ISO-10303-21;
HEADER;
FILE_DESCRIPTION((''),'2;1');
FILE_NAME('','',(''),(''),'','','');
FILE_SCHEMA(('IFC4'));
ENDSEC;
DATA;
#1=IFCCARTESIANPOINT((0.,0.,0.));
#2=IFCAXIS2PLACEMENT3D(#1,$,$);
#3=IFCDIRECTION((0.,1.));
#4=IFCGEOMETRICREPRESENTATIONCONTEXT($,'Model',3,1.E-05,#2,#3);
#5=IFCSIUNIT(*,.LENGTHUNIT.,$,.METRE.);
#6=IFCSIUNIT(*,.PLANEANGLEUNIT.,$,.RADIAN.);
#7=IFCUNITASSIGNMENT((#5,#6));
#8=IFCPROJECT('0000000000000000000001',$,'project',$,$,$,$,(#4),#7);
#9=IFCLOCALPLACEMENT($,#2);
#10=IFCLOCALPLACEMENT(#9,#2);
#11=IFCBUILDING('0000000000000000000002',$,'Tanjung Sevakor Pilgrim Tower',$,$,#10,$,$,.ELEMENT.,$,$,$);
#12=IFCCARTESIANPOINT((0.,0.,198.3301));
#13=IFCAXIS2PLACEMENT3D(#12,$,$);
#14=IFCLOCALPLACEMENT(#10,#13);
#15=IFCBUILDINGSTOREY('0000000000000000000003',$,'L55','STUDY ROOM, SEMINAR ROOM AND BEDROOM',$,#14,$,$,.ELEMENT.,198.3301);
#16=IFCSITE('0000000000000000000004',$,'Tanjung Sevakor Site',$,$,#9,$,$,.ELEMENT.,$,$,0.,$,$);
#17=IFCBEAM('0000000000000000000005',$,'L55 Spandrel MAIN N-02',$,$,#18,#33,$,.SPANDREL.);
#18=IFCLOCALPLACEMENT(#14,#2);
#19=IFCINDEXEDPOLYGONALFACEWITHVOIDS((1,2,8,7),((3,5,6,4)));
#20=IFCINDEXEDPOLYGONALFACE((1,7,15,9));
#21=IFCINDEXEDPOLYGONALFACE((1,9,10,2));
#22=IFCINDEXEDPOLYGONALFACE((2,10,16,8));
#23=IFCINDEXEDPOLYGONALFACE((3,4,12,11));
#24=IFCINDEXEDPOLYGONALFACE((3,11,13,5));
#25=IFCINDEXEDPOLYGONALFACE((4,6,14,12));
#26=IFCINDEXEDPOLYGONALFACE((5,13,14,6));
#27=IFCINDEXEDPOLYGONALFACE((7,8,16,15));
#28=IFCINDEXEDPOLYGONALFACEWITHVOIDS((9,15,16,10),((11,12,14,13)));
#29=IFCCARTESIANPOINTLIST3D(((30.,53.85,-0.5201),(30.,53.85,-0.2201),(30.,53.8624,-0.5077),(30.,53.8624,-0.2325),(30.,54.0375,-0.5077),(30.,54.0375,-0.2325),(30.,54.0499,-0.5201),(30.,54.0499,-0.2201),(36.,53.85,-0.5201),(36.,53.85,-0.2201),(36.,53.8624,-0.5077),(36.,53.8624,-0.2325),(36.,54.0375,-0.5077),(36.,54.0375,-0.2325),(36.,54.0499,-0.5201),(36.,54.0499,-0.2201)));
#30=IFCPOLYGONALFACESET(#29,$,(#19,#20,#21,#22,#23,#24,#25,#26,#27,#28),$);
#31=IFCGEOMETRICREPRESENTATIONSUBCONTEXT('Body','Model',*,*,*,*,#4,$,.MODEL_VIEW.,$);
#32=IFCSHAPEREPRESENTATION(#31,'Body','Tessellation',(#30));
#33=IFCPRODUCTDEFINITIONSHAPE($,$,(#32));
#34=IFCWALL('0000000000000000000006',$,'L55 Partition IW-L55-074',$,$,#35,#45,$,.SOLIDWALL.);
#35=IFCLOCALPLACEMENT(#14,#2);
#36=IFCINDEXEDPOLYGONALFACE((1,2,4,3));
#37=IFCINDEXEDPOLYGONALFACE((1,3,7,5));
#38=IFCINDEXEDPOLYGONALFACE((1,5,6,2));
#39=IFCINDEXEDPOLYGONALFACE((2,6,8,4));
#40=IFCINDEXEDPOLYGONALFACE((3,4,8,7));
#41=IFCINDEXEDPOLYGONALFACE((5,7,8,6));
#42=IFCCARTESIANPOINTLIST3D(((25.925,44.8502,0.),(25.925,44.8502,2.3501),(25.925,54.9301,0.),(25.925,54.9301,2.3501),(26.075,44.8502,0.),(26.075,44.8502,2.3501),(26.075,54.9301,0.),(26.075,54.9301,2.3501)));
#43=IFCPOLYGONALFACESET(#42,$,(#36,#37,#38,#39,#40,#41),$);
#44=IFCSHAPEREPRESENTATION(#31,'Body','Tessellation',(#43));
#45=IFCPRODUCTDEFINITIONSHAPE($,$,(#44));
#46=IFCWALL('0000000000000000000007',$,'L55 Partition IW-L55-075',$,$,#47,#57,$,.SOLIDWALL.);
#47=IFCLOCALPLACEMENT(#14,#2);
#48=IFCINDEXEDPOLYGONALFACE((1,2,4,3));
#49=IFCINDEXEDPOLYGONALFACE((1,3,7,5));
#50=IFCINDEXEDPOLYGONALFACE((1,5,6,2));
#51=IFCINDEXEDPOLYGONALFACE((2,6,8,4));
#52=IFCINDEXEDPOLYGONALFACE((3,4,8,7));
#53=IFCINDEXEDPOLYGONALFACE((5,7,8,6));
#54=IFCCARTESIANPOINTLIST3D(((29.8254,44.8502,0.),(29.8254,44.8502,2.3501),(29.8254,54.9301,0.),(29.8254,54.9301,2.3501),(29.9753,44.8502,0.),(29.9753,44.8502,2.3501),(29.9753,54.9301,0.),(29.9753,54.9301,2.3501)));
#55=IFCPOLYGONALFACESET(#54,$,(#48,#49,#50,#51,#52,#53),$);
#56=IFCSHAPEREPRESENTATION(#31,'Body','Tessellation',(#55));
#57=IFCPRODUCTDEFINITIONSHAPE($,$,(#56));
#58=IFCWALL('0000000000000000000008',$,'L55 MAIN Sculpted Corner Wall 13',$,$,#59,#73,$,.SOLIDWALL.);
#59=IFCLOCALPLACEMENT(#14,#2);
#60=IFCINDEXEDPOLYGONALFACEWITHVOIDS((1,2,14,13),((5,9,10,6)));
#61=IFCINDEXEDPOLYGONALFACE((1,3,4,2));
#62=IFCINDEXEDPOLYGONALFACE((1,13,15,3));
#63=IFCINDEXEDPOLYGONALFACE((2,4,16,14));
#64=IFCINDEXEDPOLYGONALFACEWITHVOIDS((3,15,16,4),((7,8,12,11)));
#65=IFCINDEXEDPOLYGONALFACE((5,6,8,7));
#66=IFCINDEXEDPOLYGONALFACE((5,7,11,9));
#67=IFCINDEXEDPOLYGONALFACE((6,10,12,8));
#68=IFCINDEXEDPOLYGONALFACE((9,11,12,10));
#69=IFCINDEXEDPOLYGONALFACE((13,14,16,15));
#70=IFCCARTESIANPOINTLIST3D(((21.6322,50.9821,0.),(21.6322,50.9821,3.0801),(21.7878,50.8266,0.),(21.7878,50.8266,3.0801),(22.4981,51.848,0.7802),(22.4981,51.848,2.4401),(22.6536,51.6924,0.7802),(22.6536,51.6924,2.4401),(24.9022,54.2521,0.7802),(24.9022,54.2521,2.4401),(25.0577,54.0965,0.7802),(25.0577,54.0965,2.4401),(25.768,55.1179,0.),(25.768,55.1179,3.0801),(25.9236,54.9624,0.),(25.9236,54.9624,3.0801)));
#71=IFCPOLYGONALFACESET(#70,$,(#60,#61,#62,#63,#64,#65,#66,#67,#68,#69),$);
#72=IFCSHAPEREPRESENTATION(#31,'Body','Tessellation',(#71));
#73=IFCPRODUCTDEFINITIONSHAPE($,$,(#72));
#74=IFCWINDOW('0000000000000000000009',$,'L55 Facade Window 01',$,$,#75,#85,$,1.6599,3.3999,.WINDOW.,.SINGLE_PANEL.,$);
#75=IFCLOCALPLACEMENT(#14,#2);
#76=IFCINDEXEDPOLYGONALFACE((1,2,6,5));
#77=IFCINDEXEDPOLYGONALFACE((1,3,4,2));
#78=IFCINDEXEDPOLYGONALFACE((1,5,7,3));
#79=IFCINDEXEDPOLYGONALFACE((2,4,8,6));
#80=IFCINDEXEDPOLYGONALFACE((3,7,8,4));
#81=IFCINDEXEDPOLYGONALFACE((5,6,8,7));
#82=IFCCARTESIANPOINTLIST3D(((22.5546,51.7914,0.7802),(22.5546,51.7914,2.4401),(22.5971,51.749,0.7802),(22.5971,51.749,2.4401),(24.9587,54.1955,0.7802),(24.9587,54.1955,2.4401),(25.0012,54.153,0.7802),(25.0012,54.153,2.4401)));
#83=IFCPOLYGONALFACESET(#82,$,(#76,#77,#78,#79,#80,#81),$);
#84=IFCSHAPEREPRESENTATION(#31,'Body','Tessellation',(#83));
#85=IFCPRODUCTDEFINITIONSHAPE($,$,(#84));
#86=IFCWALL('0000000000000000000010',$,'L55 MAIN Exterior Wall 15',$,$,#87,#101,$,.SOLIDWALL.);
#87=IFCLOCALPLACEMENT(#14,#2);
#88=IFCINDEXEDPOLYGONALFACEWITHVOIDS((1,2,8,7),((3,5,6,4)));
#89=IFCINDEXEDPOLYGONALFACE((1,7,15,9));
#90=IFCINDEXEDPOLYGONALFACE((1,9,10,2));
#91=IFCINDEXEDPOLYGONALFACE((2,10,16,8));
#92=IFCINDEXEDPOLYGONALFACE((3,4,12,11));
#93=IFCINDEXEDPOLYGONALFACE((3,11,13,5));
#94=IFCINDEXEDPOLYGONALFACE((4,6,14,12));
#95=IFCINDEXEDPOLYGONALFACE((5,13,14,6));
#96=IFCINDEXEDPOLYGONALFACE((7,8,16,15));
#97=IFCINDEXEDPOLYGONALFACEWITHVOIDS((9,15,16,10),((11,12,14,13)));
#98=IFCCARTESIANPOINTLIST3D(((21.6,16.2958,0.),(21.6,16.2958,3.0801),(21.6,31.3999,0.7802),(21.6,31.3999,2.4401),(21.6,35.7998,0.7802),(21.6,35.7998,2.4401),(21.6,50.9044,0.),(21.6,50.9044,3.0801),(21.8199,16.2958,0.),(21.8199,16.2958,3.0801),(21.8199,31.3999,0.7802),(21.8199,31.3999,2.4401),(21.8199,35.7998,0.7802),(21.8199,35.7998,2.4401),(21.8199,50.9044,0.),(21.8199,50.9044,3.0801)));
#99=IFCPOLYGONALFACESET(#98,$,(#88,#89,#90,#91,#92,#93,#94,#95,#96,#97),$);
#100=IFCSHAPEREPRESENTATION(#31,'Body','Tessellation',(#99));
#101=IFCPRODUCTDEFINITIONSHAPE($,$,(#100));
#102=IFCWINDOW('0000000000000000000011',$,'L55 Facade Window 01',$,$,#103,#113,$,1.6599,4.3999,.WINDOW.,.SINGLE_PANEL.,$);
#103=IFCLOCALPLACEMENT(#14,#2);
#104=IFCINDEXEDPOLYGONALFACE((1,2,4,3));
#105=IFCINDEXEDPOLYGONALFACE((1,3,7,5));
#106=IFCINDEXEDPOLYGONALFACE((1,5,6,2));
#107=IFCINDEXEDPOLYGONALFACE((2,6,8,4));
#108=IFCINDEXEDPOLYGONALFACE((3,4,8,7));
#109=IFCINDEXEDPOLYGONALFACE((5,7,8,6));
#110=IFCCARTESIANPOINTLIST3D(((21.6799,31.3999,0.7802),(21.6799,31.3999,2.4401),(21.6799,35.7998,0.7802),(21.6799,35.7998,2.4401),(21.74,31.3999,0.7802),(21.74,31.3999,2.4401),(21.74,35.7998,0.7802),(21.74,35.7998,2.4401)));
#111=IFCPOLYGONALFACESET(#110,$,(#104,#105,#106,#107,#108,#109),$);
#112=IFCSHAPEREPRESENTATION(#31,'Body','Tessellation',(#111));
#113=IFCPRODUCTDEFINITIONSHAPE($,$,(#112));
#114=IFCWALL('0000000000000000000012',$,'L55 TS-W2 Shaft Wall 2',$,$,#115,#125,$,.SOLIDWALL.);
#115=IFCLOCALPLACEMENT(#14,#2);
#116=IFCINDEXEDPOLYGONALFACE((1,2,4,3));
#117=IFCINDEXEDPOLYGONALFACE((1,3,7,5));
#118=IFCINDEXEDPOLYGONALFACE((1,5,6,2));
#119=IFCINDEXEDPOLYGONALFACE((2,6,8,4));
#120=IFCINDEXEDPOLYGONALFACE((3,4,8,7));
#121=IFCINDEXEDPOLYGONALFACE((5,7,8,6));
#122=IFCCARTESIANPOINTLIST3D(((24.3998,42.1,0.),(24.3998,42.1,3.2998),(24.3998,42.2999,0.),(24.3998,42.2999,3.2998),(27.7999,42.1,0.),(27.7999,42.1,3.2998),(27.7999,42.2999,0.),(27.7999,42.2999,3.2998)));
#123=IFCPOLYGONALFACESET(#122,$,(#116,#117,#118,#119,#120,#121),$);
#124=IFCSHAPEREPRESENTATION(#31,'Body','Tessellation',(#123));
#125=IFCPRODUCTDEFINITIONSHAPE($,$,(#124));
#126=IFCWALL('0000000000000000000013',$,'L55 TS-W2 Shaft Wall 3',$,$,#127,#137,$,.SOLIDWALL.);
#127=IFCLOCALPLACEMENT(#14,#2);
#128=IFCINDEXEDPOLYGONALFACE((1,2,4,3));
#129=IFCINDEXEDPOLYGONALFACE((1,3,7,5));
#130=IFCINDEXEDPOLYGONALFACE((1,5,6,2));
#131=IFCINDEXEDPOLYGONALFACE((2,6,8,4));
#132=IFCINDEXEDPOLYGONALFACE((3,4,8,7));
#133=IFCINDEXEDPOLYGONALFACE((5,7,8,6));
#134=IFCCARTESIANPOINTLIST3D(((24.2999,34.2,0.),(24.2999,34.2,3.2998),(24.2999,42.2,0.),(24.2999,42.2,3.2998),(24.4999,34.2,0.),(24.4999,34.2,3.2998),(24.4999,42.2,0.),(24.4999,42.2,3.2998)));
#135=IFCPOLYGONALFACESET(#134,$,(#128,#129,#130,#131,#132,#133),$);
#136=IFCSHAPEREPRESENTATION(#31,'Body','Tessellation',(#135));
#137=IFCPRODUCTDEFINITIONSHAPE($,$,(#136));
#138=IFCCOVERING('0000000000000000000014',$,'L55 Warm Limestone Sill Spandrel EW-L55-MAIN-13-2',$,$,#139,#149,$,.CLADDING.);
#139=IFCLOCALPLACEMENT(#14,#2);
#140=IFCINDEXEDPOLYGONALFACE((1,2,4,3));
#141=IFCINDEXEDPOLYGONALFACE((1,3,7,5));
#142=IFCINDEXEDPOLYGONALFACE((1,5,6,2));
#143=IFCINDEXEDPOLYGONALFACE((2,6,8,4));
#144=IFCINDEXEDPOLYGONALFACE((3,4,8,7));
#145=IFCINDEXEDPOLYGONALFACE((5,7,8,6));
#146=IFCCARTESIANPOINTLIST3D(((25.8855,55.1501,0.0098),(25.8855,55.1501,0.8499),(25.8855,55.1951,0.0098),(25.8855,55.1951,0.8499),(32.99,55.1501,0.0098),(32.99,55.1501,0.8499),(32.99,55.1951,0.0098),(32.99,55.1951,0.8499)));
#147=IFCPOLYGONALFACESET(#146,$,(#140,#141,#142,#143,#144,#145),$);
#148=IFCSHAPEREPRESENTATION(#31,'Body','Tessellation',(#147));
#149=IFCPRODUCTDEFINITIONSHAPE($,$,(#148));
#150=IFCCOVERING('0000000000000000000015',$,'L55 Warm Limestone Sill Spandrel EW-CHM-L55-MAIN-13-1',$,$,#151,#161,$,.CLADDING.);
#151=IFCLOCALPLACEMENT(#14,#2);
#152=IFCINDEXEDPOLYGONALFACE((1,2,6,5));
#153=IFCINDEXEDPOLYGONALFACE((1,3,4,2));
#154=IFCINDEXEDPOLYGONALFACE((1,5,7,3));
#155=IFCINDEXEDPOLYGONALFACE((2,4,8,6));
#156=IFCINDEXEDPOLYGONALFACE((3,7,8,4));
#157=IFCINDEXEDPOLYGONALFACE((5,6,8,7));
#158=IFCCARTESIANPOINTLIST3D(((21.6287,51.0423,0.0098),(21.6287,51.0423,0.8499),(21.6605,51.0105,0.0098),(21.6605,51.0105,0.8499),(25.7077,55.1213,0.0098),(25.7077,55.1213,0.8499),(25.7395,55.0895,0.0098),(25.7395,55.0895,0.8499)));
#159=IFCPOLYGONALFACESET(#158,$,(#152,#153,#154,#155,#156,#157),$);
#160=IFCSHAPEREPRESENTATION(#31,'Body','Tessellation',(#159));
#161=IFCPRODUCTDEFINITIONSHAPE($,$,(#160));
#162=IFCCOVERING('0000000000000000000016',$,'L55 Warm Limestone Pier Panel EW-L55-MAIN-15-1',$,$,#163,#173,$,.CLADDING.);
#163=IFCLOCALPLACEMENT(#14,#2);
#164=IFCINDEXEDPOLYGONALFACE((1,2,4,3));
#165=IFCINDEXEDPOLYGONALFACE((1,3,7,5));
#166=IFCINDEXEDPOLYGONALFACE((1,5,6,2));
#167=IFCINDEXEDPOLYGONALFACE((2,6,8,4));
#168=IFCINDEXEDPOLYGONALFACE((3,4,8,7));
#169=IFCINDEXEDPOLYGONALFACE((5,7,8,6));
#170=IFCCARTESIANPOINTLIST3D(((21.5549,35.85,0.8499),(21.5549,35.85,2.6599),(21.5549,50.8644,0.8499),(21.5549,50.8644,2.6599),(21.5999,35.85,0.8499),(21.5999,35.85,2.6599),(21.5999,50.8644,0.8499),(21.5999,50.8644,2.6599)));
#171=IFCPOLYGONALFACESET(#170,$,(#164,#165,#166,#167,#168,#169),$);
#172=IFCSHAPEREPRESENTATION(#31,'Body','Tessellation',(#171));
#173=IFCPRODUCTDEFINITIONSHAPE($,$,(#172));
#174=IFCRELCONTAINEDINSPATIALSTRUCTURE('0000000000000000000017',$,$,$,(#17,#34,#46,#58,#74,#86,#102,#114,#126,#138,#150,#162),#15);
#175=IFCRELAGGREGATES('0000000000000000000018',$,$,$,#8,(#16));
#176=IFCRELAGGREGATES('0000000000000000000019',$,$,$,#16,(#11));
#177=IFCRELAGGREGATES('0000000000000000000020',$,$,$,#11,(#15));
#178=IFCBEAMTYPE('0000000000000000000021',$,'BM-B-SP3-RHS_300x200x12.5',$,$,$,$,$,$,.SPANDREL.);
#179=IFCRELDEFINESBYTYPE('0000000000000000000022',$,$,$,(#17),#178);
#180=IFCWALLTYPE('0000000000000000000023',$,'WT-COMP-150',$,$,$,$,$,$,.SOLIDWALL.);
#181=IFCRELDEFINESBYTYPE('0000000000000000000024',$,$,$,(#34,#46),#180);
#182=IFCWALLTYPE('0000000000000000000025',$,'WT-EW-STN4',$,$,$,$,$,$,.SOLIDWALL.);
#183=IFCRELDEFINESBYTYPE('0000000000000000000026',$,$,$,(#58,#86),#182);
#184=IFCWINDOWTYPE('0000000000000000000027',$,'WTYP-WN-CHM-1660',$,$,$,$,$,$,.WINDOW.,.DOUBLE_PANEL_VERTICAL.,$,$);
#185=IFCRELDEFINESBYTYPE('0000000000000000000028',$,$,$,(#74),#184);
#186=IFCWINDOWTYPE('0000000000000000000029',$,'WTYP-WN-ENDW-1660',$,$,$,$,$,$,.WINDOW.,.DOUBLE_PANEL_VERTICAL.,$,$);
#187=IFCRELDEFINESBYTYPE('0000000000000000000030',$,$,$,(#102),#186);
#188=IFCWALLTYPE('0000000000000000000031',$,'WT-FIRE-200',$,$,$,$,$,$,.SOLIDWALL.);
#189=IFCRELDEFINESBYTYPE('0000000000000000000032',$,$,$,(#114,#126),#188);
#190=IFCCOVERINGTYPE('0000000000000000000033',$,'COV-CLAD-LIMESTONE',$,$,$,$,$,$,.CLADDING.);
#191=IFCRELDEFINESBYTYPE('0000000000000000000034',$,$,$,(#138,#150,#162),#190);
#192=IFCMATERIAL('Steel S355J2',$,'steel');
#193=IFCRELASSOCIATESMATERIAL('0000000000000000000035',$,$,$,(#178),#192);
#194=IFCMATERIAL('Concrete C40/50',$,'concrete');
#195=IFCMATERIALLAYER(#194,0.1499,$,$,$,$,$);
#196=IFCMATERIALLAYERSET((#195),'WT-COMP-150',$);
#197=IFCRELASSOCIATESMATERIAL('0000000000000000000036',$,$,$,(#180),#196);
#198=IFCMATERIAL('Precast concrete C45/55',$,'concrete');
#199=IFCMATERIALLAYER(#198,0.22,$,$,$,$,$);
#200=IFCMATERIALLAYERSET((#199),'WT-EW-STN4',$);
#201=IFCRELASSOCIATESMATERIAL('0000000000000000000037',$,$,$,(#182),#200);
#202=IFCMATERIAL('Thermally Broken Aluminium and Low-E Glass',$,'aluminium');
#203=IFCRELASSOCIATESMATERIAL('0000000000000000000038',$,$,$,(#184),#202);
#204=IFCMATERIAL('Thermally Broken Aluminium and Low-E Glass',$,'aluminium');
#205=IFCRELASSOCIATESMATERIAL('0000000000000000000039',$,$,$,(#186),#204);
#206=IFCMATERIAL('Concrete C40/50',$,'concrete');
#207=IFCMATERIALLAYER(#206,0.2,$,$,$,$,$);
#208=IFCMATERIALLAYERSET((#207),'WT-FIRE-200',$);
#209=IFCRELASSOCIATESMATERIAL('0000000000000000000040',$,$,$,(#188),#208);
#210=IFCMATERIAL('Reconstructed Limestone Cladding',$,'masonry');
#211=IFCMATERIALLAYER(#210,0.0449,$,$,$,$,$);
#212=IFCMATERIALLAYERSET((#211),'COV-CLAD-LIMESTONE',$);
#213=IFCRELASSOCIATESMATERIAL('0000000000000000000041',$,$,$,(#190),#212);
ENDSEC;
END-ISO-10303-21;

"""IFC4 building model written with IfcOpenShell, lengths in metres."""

from ifc_helpers import new_model, si_unit, direction, frame, frame_2d, origin, origin_2d, place, context, subcontext, project, spatial, rectangle, hollow_rectangle, extrude, material, layer, layer_set, material_profile, profile_set, type_object, element, fill, save


model = new_model("IFC4")

# Units and contexts
model_context = context("Model", 3, precision=1e-05, world=origin(), true_north=direction((0.0, 1.0)))
body_context = subcontext(model_context, "Body", "Model", "MODEL_VIEW")
ifc_project = project(units=[si_unit("LENGTHUNIT", "METRE"), si_unit("PLANEANGLEUNIT", "RADIAN")], contexts=[model_context])

# Site, building, storey
site_placement = place(None, origin())
site = spatial("IfcSite", under=ifc_project, at=site_placement, Name="Tanjung Sevakor Site", CompositionType="ELEMENT", RefElevation=0.0)
building_placement = place(site_placement, origin())
building = spatial("IfcBuilding", under=site, at=building_placement, Name="Tanjung Sevakor Pilgrim Tower", CompositionType="ELEMENT")
storey_placement = place(building_placement, frame((0.0, 0.0, 198.3301)))
storey = spatial("IfcBuildingStorey", under=building, at=storey_placement, Name="L55", Description="STUDY ROOM, SEMINAR ROOM AND BEDROOM", CompositionType="ELEMENT", Elevation=198.3301)

# Beam
ifc_material_1 = material(Name="Steel S355J2", Category="steel")
ifc_material_profile_1 = material_profile(ifc_material_1, hollow_rectangle(XDim=0.2, YDim=0.3, WallThickness=0.0125, at=origin_2d()))
ifc_profile_set_1 = profile_set([ifc_material_profile_1], Name="Steel S355J2")
beam_type_1 = type_object("IfcBeamType", Name="BM-B-SP3-RHS_300x200x12.5", PredefinedType="SPANDREL", material=ifc_profile_set_1)
beam_1_placement = place(storey_placement, frame((30.0, 53.95, -0.3701), z_axis=(1.0, 0.0, 0.0), x_axis=(0.0, 1.0, 0.0)))
element("IfcBeam", 1, at=beam_1_placement, inside=storey, type_object=beam_type_1, Name="L55 Spandrel MAIN N-02", PredefinedType="SPANDREL", context=body_context, shape_type="SweptSolid", body=[
    extrude(hollow_rectangle(XDim=0.2, YDim=0.3, WallThickness=0.0125, at=origin_2d()), origin(), (0.0, 0.0, 1.0), 6.0),
])

# Walls
ifc_material_2 = material(Name="Concrete C40/50", Category="concrete")
ifc_layer_1 = layer(ifc_material_2, 0.1499)
ifc_layer_set_1 = layer_set([ifc_layer_1], Name="WT-COMP-150")
wall_type_1 = type_object("IfcWallType", Name="WT-COMP-150", PredefinedType="SOLIDWALL", material=ifc_layer_set_1)
for number, where, z_axis, x_axis, name in (
    (2, (26.0, 44.8501, 0.0), (0.0, 0.0, 1.0), (0.0, 1.0, 0.0), "L55 Partition IW-L55-074"),
    (3, (29.9004, 44.8501, 0.0), (0.0, 0.0, 1.0), (0.0, 1.0, 0.0), "L55 Partition IW-L55-075"),
):
    element("IfcWall", number, at=place(storey_placement, frame(where, z_axis=z_axis, x_axis=x_axis)), inside=storey, type_object=wall_type_1, Name=name, PredefinedType="SOLIDWALL", context=body_context, shape_type="SweptSolid", body=[
        extrude(rectangle(XDim=10.0798, YDim=0.1499, at=frame_2d((5.04, 0.0))), origin(), (0.0, 0.0, 1.0), 2.3501),
    ])

# Walls, openings, windows
ifc_material_3 = material(Name="Precast concrete C45/55", Category="concrete")
ifc_layer_2 = layer(ifc_material_3, 0.22)
ifc_layer_set_2 = layer_set([ifc_layer_2], Name="WT-EW-STN4")
wall_type_2 = type_object("IfcWallType", Name="WT-EW-STN4", PredefinedType="SOLIDWALL", material=ifc_layer_set_2)
wall_1_placement = place(storey_placement, frame((25.8457, 55.04, 0.0), z_axis=(0.0, 0.0, 1.0), x_axis=(-0.707107, -0.707107, 0.0)))
wall_1 = element("IfcWall", 4, at=wall_1_placement, inside=storey, type_object=wall_type_2, Name="L55 MAIN Sculpted Corner Wall 13", PredefinedType="SOLIDWALL", context=body_context, shape_type="SweptSolid", body=[
    extrude(rectangle(XDim=5.8489, YDim=0.22, at=frame_2d((2.9243, 0.0))), origin(), (0.0, 0.0, 1.0), 3.0801),
])
opening_1_placement = place(wall_1_placement, frame((1.2244, 0.0, 0.78)))
opening_1 = element("IfcOpeningElement", 5, at=opening_1_placement, cuts=wall_1, PredefinedType="OPENING", context=body_context, shape_type="SweptSolid", body=[
    extrude(rectangle(XDim=3.3999, YDim=1.6599, at=frame_2d((1.7, 0.8301))), frame((0.0, 0.1199, 0.0), z_axis=(0.0, -1.0, 0.0), x_axis=(1.0, 0.0, 0.0)), (0.0, 0.0, 1.0), 0.24),
])
ifc_material_4 = material(Name="Thermally Broken Aluminium and Low-E Glass", Category="aluminium")
window_type_1 = type_object("IfcWindowType", Name="WTYP-WN-CHM-1660", PartitioningType="DOUBLE_PANEL_VERTICAL", PredefinedType="WINDOW", material=ifc_material_4)
window_1_placement = place(opening_1_placement, origin())
window_1 = element("IfcWindow", 6, at=window_1_placement, inside=storey, type_object=window_type_1, Name="L55 Facade Window 01", OverallHeight=1.6599, OverallWidth=3.3999, PartitioningType="SINGLE_PANEL", PredefinedType="WINDOW", context=body_context, shape_type="SweptSolid", body=[
    extrude(rectangle(XDim=3.3999, YDim=1.6599, at=frame_2d((1.7, 0.8301))), frame((0.0, 0.03, 0.0), z_axis=(0.0, -1.0, 0.0), x_axis=(1.0, 0.0, 0.0)), (0.0, 0.0, 1.0), 0.0601),
])
fill(opening_1, window_1)
wall_2_placement = place(storey_placement, frame((21.71, 50.9043, 0.0), z_axis=(0.0, 0.0, 1.0), x_axis=(0.0, -1.0, 0.0)))
wall_2 = element("IfcWall", 7, at=wall_2_placement, inside=storey, type_object=wall_type_2, Name="L55 MAIN Exterior Wall 15", PredefinedType="SOLIDWALL", context=body_context, shape_type="SweptSolid", body=[
    extrude(rectangle(XDim=34.6086, YDim=0.22, at=frame_2d((17.3042, 0.0))), origin(), (0.0, 0.0, 1.0), 3.0801),
])
opening_2_placement = place(wall_2_placement, frame((15.1045, 0.0, 0.78)))
opening_2 = element("IfcOpeningElement", 8, at=opening_2_placement, cuts=wall_2, PredefinedType="OPENING", context=body_context, shape_type="SweptSolid", body=[
    extrude(rectangle(XDim=4.3999, YDim=1.6599, at=frame_2d((2.2, 0.8301))), frame((0.0, 0.1199, 0.0), z_axis=(0.0, -1.0, 0.0), x_axis=(1.0, 0.0, 0.0)), (0.0, 0.0, 1.0), 0.24),
])
ifc_material_5 = material(Name="Thermally Broken Aluminium and Low-E Glass", Category="aluminium")
window_type_2 = type_object("IfcWindowType", Name="WTYP-WN-ENDW-1660", PartitioningType="DOUBLE_PANEL_VERTICAL", PredefinedType="WINDOW", material=ifc_material_5)
window_2_placement = place(opening_2_placement, origin())
window_2 = element("IfcWindow", 9, at=window_2_placement, inside=storey, type_object=window_type_2, Name="L55 Facade Window 01", OverallHeight=1.6599, OverallWidth=4.3999, PartitioningType="SINGLE_PANEL", PredefinedType="WINDOW", context=body_context, shape_type="SweptSolid", body=[
    extrude(rectangle(XDim=4.3999, YDim=1.6599, at=frame_2d((2.2, 0.8301))), frame((0.0, 0.03, 0.0), z_axis=(0.0, -1.0, 0.0), x_axis=(1.0, 0.0, 0.0)), (0.0, 0.0, 1.0), 0.0601),
])
fill(opening_2, window_2)

# Walls
ifc_material_6 = material(Name="Concrete C40/50", Category="concrete")
ifc_layer_3 = layer(ifc_material_6, 0.2)
ifc_layer_set_3 = layer_set([ifc_layer_3], Name="WT-FIRE-200")
wall_type_3 = type_object("IfcWallType", Name="WT-FIRE-200", PredefinedType="SOLIDWALL", material=ifc_layer_set_3)
wall_3_placement = place(storey_placement, frame((27.8, 42.2, 0.0), z_axis=(0.0, 0.0, 1.0), x_axis=(-1.0, 0.0, 0.0)))
element("IfcWall", 10, at=wall_3_placement, inside=storey, type_object=wall_type_3, Name="L55 TS-W2 Shaft Wall 2", PredefinedType="SOLIDWALL", context=body_context, shape_type="SweptSolid", body=[
    extrude(rectangle(XDim=3.4001, YDim=0.2, at=frame_2d((1.7002, 0.0))), origin(), (0.0, 0.0, 1.0), 3.2998),
])
wall_4_placement = place(storey_placement, frame((24.3999, 42.2, 0.0), z_axis=(0.0, 0.0, 1.0), x_axis=(0.0, -1.0, 0.0)))
element("IfcWall", 11, at=wall_4_placement, inside=storey, type_object=wall_type_3, Name="L55 TS-W2 Shaft Wall 3", PredefinedType="SOLIDWALL", context=body_context, shape_type="SweptSolid", body=[
    extrude(rectangle(XDim=8.0, YDim=0.2, at=frame_2d((4.0, 0.0))), origin(), (0.0, 0.0, 1.0), 3.2998),
])

# Coverings
ifc_material_7 = material(Name="Reconstructed Limestone Cladding", Category="masonry")
ifc_layer_4 = layer(ifc_material_7, 0.0449)
ifc_layer_set_4 = layer_set([ifc_layer_4], Name="COV-CLAD-LIMESTONE")
covering_type = type_object("IfcCoveringType", Name="COV-CLAD-LIMESTONE", PredefinedType="CLADDING", material=ifc_layer_set_4)
covering_1_placement = place(storey_placement, frame((29.4377, 55.1726, 0.0098), z_axis=(0.0, 0.0, 1.0), x_axis=(-1.0, 0.0, 0.0)))
element("IfcCovering", 12, at=covering_1_placement, inside=storey, type_object=covering_type, Name="L55 Warm Limestone Sill Spandrel EW-L55-MAIN-13-2", PredefinedType="CLADDING", context=body_context, shape_type="SweptSolid", body=[
    extrude(rectangle(XDim=7.1045, YDim=0.0449, at=origin_2d()), origin(), (0.0, 0.0, 1.0), 0.8401),
])
covering_2_placement = place(storey_placement, frame((23.6841, 53.0659, 0.0098), z_axis=(0.0, 0.0, 1.0), x_axis=(-0.707107, -0.707107, 0.0)))
element("IfcCovering", 13, at=covering_2_placement, inside=storey, type_object=covering_type, Name="L55 Warm Limestone Sill Spandrel EW-CHM-L55-MAIN-13-1", PredefinedType="CLADDING", context=body_context, shape_type="SweptSolid", body=[
    extrude(rectangle(XDim=5.7686, YDim=0.0449, at=origin_2d()), origin(), (0.0, 0.0, 1.0), 0.8401),
])
covering_3_placement = place(storey_placement, frame((21.5774, 43.3572, 0.8499), z_axis=(0.0, 0.0, 1.0), x_axis=(0.0, -1.0, 0.0)))
element("IfcCovering", 14, at=covering_3_placement, inside=storey, type_object=covering_type, Name="L55 Warm Limestone Pier Panel EW-L55-MAIN-15-1", PredefinedType="CLADDING", context=body_context, shape_type="SweptSolid", body=[
    extrude(rectangle(XDim=15.0144, YDim=0.0449, at=origin_2d()), origin(), (0.0, 0.0, 1.0), 1.8101),
])

save(model, "model.ifc")
